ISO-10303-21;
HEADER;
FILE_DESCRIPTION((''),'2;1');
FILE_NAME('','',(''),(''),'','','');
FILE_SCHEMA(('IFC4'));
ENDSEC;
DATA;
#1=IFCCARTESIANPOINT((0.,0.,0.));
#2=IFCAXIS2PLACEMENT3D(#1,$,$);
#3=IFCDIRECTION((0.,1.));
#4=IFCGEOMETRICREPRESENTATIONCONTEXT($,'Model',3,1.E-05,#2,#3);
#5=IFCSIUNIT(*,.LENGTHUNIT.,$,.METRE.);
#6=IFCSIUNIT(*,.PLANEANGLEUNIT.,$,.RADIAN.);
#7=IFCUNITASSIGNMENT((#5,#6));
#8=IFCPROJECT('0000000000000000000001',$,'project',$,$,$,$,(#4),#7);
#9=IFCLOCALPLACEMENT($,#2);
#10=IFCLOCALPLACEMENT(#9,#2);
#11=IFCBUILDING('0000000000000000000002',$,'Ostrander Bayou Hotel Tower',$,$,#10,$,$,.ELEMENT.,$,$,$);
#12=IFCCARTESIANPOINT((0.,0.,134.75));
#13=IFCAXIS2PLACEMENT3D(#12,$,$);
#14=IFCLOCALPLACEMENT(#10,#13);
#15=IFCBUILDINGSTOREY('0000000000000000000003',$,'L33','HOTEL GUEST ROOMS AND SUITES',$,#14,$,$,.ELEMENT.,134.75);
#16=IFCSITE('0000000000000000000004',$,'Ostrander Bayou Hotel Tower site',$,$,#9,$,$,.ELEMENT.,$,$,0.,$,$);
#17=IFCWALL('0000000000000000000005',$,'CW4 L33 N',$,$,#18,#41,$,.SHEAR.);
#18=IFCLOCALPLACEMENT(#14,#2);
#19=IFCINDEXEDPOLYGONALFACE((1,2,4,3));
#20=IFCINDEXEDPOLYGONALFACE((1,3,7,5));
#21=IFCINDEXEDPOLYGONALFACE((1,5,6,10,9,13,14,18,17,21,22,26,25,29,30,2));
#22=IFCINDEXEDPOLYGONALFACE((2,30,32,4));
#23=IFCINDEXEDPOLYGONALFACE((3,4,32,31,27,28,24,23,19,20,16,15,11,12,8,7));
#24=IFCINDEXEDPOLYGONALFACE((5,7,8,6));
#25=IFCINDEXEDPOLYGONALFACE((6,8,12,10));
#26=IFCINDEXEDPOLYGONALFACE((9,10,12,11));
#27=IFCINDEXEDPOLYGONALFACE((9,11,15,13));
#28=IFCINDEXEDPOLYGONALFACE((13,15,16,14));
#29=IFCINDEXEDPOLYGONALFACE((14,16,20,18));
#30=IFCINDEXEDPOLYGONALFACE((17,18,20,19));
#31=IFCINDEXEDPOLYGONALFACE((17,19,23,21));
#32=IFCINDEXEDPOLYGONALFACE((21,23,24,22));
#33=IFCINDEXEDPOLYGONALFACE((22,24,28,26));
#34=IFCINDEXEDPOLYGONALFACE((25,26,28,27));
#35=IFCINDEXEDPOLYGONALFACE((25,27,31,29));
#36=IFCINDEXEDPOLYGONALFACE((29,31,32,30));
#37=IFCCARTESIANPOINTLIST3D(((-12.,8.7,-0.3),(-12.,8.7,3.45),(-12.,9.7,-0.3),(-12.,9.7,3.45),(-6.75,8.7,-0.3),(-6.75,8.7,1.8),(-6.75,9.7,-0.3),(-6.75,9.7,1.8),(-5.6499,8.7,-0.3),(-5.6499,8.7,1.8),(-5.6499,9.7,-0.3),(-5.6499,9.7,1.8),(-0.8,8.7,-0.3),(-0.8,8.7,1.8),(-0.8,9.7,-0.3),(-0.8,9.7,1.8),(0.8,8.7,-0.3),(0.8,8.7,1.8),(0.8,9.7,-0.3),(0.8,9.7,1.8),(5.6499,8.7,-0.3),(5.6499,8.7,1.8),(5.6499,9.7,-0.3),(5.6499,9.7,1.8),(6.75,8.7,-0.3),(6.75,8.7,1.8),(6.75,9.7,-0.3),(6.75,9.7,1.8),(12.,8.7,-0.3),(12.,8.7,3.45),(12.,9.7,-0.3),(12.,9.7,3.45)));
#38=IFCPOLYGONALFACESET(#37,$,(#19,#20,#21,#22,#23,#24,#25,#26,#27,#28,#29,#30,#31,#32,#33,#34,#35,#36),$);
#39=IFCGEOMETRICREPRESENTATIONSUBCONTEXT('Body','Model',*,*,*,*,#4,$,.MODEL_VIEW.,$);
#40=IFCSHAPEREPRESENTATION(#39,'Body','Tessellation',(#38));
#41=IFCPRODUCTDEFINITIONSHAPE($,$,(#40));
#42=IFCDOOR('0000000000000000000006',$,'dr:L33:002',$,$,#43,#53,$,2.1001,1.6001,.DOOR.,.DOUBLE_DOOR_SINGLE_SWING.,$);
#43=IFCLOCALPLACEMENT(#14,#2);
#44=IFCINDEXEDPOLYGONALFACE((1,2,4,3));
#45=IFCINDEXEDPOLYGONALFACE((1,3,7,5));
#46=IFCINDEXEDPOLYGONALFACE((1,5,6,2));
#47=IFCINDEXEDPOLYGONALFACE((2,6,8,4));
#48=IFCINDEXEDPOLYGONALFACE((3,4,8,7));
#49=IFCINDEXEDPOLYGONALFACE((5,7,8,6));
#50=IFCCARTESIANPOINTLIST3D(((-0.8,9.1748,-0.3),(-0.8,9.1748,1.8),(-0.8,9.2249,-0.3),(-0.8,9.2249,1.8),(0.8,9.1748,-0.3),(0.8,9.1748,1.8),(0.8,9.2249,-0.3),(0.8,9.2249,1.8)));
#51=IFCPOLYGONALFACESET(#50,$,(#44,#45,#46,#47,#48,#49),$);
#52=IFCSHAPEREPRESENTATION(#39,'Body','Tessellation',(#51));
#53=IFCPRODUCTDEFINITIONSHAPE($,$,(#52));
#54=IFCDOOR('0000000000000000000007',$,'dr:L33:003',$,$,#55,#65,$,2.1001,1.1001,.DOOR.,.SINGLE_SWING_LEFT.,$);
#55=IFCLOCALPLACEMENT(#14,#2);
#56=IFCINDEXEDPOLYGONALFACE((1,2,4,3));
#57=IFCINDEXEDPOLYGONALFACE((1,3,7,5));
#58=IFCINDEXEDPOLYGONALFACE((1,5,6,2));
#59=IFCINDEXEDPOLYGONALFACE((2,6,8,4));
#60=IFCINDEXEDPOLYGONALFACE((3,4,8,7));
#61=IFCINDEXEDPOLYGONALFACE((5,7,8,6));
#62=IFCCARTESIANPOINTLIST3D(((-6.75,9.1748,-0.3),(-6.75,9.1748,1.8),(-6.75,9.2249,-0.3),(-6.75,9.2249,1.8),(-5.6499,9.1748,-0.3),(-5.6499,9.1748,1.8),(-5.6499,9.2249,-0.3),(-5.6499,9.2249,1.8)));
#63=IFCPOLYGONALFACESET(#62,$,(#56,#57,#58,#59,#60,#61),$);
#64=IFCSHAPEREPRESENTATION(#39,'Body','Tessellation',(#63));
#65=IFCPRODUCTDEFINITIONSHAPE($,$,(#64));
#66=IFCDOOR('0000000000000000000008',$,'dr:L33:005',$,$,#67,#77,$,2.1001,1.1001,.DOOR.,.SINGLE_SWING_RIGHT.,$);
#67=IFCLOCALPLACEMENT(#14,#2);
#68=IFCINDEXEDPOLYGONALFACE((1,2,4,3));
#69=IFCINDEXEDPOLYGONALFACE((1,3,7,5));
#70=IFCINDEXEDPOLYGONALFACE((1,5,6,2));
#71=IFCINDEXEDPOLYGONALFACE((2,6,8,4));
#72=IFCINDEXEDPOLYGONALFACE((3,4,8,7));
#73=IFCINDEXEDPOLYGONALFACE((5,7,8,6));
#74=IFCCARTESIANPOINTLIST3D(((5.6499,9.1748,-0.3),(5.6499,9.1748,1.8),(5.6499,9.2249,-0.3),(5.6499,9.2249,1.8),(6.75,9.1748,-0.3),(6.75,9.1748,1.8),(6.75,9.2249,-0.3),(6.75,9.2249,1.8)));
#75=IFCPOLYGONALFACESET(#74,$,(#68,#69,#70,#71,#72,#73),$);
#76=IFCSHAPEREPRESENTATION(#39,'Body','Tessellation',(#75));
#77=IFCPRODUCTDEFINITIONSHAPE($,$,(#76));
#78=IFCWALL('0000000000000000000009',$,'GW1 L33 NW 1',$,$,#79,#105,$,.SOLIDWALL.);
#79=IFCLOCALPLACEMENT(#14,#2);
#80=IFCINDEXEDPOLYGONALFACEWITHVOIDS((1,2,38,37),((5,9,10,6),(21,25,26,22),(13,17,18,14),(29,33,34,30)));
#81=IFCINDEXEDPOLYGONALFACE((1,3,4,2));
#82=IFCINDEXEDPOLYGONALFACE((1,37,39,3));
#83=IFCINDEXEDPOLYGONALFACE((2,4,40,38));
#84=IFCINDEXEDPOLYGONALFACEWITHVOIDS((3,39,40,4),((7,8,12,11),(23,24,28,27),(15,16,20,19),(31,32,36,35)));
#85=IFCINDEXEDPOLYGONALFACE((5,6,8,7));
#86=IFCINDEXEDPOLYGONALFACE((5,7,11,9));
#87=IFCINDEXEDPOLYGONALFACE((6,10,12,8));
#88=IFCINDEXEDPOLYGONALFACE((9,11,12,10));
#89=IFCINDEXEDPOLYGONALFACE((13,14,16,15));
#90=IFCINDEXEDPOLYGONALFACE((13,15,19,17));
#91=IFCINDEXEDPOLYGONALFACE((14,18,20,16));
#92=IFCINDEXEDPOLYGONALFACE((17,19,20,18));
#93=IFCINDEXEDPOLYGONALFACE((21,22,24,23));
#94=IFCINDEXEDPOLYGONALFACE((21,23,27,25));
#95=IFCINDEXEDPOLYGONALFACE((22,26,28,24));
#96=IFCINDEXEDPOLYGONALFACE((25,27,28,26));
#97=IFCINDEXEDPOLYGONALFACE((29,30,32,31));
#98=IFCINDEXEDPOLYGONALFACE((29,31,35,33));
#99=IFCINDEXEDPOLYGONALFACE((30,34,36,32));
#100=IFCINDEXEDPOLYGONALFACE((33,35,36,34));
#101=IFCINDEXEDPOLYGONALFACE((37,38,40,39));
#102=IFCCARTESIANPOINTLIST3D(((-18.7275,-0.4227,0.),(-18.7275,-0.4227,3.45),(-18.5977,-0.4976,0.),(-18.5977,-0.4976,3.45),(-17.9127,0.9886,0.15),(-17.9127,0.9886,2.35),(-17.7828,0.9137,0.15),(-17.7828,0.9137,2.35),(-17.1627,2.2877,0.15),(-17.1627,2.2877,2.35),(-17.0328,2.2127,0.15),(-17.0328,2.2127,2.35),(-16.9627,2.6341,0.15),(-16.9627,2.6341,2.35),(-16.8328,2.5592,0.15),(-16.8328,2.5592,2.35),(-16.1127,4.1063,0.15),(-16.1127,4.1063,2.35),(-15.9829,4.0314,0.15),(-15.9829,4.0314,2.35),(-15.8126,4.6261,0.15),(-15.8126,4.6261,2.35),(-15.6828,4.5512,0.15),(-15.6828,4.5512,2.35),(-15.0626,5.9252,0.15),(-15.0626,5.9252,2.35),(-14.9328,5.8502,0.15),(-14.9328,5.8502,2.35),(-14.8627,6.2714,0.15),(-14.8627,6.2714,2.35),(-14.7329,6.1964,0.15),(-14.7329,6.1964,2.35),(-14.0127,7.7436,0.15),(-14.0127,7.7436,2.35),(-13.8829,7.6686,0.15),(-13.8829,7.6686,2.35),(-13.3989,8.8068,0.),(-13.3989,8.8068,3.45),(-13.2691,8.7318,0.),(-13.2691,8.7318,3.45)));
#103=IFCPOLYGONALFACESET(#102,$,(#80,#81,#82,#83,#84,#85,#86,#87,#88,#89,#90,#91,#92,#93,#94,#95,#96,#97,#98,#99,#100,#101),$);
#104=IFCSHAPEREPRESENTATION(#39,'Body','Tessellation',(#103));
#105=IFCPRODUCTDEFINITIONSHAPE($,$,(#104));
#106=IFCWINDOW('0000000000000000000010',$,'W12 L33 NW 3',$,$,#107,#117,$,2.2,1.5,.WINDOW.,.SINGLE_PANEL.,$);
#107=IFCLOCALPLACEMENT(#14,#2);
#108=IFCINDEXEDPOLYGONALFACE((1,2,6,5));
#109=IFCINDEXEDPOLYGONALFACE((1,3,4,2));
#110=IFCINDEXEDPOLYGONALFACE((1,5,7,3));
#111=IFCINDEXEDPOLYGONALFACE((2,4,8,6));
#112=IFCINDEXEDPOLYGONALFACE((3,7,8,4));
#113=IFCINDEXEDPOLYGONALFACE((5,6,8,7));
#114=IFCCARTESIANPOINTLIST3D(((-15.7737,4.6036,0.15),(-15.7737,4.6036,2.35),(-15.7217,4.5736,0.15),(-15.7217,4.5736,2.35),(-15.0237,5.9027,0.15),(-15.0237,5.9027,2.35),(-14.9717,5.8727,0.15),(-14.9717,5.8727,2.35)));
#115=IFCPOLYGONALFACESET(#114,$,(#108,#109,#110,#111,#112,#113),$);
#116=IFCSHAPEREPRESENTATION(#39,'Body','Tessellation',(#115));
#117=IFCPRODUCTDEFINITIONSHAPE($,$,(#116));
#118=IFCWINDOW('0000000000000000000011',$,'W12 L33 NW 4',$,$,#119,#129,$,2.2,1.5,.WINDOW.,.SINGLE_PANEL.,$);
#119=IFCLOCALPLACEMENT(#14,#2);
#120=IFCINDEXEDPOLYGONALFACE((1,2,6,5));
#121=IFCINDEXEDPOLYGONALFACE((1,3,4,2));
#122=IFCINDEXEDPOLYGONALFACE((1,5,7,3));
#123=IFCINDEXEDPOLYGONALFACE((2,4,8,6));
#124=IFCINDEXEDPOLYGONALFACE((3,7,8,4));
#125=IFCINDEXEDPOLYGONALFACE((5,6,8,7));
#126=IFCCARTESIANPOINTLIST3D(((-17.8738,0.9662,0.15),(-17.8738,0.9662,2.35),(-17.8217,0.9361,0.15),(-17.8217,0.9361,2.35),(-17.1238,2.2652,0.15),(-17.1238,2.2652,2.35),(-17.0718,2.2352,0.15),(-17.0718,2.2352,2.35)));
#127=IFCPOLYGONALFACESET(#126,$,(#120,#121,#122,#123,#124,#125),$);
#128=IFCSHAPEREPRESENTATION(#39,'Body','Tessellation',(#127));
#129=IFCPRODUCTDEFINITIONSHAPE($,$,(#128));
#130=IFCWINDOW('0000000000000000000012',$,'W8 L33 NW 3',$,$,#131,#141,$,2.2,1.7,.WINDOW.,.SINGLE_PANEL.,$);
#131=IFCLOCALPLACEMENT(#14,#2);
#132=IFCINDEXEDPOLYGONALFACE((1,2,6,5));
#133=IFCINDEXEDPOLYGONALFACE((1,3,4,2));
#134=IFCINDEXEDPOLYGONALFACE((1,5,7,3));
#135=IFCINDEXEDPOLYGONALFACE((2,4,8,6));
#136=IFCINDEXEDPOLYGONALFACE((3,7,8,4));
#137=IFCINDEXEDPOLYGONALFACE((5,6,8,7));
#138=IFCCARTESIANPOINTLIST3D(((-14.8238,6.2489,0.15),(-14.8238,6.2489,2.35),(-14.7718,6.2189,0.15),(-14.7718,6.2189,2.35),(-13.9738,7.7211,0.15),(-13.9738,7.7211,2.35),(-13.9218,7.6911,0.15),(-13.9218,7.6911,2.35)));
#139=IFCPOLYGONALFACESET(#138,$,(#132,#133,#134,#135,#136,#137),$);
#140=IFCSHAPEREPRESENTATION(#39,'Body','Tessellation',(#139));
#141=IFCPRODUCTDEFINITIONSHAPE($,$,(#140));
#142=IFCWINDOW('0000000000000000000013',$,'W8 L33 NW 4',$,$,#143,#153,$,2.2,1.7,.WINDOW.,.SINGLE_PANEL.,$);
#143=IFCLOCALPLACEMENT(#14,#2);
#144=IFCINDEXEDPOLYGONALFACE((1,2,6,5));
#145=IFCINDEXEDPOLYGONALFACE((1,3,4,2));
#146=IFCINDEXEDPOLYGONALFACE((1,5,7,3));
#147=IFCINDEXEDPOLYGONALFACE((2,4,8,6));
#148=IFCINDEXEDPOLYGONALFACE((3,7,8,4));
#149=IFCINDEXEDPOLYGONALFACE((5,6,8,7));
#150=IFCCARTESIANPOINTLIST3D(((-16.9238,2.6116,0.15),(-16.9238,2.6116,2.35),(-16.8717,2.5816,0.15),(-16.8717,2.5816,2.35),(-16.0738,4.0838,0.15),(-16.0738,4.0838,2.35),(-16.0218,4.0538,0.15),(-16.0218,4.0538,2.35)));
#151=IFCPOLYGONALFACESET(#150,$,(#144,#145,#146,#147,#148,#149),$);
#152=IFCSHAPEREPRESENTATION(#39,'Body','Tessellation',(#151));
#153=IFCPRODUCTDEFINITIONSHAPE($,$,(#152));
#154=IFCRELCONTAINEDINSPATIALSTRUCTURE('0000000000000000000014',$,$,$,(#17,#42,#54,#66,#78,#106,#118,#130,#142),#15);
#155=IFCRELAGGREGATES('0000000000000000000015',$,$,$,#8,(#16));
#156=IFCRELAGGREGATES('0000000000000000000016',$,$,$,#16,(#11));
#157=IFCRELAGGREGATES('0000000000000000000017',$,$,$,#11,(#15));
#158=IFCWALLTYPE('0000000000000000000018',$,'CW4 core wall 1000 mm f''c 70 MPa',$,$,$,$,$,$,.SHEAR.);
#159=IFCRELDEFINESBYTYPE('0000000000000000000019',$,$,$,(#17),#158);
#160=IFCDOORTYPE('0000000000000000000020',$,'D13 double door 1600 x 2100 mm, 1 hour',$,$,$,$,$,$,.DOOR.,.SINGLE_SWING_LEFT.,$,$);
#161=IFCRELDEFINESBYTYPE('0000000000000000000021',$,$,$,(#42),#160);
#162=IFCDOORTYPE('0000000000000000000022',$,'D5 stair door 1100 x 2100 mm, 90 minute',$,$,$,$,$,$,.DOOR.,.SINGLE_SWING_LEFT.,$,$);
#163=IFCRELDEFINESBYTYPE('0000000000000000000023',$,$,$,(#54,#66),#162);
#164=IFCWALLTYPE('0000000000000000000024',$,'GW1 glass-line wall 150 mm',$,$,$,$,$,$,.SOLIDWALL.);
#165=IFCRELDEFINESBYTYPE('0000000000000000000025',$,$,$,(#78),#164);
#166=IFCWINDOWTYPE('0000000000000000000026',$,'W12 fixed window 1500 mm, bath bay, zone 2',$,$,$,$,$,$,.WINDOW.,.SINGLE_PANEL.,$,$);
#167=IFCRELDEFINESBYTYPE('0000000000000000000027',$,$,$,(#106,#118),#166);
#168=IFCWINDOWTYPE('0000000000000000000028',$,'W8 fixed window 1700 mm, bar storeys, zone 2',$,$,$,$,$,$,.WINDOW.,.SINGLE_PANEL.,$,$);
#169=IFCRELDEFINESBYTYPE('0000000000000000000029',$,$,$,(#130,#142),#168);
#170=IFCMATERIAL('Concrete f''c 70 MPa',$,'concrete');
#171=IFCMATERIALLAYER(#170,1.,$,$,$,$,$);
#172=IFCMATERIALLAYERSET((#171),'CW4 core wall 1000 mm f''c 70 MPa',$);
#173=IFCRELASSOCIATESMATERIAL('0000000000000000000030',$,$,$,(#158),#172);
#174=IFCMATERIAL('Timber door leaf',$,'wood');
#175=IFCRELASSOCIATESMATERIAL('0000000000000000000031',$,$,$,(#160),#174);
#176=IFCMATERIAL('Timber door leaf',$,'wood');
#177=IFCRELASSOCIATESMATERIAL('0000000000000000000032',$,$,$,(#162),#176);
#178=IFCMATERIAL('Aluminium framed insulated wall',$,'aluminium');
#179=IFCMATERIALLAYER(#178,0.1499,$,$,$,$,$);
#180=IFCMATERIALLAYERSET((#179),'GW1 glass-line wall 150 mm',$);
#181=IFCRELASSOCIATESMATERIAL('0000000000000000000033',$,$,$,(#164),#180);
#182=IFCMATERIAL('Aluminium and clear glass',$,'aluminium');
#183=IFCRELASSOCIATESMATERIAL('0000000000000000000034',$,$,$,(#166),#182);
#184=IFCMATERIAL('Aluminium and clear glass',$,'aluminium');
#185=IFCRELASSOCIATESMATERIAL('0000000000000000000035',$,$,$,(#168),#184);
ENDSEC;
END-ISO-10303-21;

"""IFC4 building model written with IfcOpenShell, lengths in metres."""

from ifc_helpers import new_model, si_unit, direction, frame, frame_2d, origin, place, context, subcontext, project, spatial, rectangle, extrude, material, layer, layer_set, type_object, element, fill, save


model = new_model("IFC4")

# Units and contexts
model_context = context("Model", 3, precision=1e-05, world=origin(), true_north=direction((0.0, 1.0)))
body_context = subcontext(model_context, "Body", "Model", "MODEL_VIEW")
ifc_project = project(units=[si_unit("LENGTHUNIT", "METRE"), si_unit("PLANEANGLEUNIT", "RADIAN")], contexts=[model_context])

# Site, building, storey
site_placement = place(None, origin())
site = spatial("IfcSite", under=ifc_project, at=site_placement, Name="Ostrander Bayou Hotel Tower site", CompositionType="ELEMENT", RefElevation=0.0)
building_placement = place(site_placement, origin())
building = spatial("IfcBuilding", under=site, at=building_placement, Name="Ostrander Bayou Hotel Tower", CompositionType="ELEMENT")
storey_placement = place(building_placement, frame((0.0, 0.0, 134.75)))
storey = spatial("IfcBuildingStorey", under=building, at=storey_placement, Name="L33", Description="HOTEL GUEST ROOMS AND SUITES", CompositionType="ELEMENT", Elevation=134.75)

# Wall, openings, doors
ifc_material_1 = material(Name="Concrete f'c 70 MPa", Category="concrete")
ifc_layer_1 = layer(ifc_material_1, 1.0)
ifc_layer_set_1 = layer_set([ifc_layer_1], Name="CW4 core wall 1000 mm f'c 70 MPa")
wall_type_1 = type_object("IfcWallType", Name="CW4 core wall 1000 mm f'c 70 MPa", PredefinedType="SHEAR", material=ifc_layer_set_1)
wall_1_placement = place(storey_placement, frame((-12.0, 9.2, -0.3), z_axis=(0.0, 0.0, 1.0), x_axis=(1.0, 0.0, 0.0)))
wall_1 = element("IfcWall", 1, at=wall_1_placement, inside=storey, type_object=wall_type_1, Name="CW4 L33 N", PredefinedType="SHEAR", context=body_context, shape_type="SweptSolid", body=[
    extrude(rectangle(XDim=24.0, YDim=1.0, at=frame_2d((12.0, 0.0))), origin(), (0.0, 0.0, 1.0), 3.75),
])
opening_1_placement = place(wall_1_placement, frame((11.2, 0.0, 0.0)))
opening_1 = element("IfcOpeningElement", 2, at=opening_1_placement, cuts=wall_1, PredefinedType="OPENING", context=body_context, shape_type="SweptSolid", body=[
    extrude(rectangle(XDim=1.6001, YDim=2.1001, at=frame_2d((0.8, 1.05))), frame((0.0, 0.5, 0.0), z_axis=(0.0, -1.0, 0.0), x_axis=(1.0, 0.0, 0.0)), (0.0, 0.0, 1.0), 1.0),
])
opening_2_placement = place(wall_1_placement, frame((5.25, 0.0, 0.0)))
opening_2 = element("IfcOpeningElement", 3, at=opening_2_placement, cuts=wall_1, PredefinedType="OPENING", context=body_context, shape_type="SweptSolid", body=[
    extrude(rectangle(XDim=1.1001, YDim=2.1001, at=frame_2d((0.55, 1.05))), frame((0.0, 0.5, 0.0), z_axis=(0.0, -1.0, 0.0), x_axis=(1.0, 0.0, 0.0)), (0.0, 0.0, 1.0), 1.0),
])
opening_3_placement = place(wall_1_placement, frame((17.6499, 0.0, 0.0)))
opening_3 = element("IfcOpeningElement", 4, at=opening_3_placement, cuts=wall_1, PredefinedType="OPENING", context=body_context, shape_type="SweptSolid", body=[
    extrude(rectangle(XDim=1.1001, YDim=2.1001, at=frame_2d((0.55, 1.05))), frame((0.0, 0.5, 0.0), z_axis=(0.0, -1.0, 0.0), x_axis=(1.0, 0.0, 0.0)), (0.0, 0.0, 1.0), 1.0),
])
ifc_material_2 = material(Name="Timber door leaf", Category="wood")
door_type_1 = type_object("IfcDoorType", Name="D13 double door 1600 x 2100 mm, 1 hour", OperationType="SINGLE_SWING_LEFT", PredefinedType="DOOR", material=ifc_material_2)
door_1_placement = place(opening_1_placement, origin())
door_1 = element("IfcDoor", 5, at=door_1_placement, inside=storey, type_object=door_type_1, Name="dr:L33:002", OperationType="DOUBLE_DOOR_SINGLE_SWING", OverallHeight=2.1001, OverallWidth=1.6001, PredefinedType="DOOR", context=body_context, shape_type="SweptSolid", body=[
    extrude(rectangle(XDim=1.6001, YDim=2.1001, at=frame_2d((0.8, 1.05))), frame((0.0, 0.0249, 0.0), z_axis=(0.0, -1.0, 0.0), x_axis=(1.0, 0.0, 0.0)), (0.0, 0.0, 1.0), 0.05),
])
fill(opening_1, door_1)
ifc_material_3 = material(Name="Timber door leaf", Category="wood")
door_type_2 = type_object("IfcDoorType", Name="D5 stair door 1100 x 2100 mm, 90 minute", OperationType="SINGLE_SWING_LEFT", PredefinedType="DOOR", material=ifc_material_3)
door_2_placement = place(opening_2_placement, origin())
door_2 = element("IfcDoor", 6, at=door_2_placement, inside=storey, type_object=door_type_2, Name="dr:L33:003", OperationType="SINGLE_SWING_LEFT", OverallHeight=2.1001, OverallWidth=1.1001, PredefinedType="DOOR", context=body_context, shape_type="SweptSolid", body=[
    extrude(rectangle(XDim=1.1001, YDim=2.1001, at=frame_2d((0.55, 1.05))), frame((0.0, 0.0249, 0.0), z_axis=(0.0, -1.0, 0.0), x_axis=(1.0, 0.0, 0.0)), (0.0, 0.0, 1.0), 0.05),
])
fill(opening_2, door_2)
door_3_placement = place(opening_3_placement, origin())
door_3 = element("IfcDoor", 7, at=door_3_placement, inside=storey, type_object=door_type_2, Name="dr:L33:005", OperationType="SINGLE_SWING_RIGHT", OverallHeight=2.1001, OverallWidth=1.1001, PredefinedType="DOOR", context=body_context, shape_type="SweptSolid", body=[
    extrude(rectangle(XDim=1.1001, YDim=2.1001, at=frame_2d((0.55, 1.05))), frame((0.0, 0.0249, 0.0), z_axis=(0.0, -1.0, 0.0), x_axis=(1.0, 0.0, 0.0)), (0.0, 0.0, 1.0), 0.05),
])
fill(opening_3, door_3)

# Wall, openings, windows
ifc_material_4 = material(Name="Aluminium framed insulated wall", Category="aluminium")
ifc_layer_2 = layer(ifc_material_4, 0.1499)
ifc_layer_set_2 = layer_set([ifc_layer_2], Name="GW1 glass-line wall 150 mm")
wall_type_2 = type_object("IfcWallType", Name="GW1 glass-line wall 150 mm", PredefinedType="SOLIDWALL", material=ifc_layer_set_2)
wall_2_placement = place(storey_placement, frame((-13.334, 8.7693, 0.0), z_axis=(0.0, 0.0, 1.0), x_axis=(-0.499997, -0.866027, 0.0)))
wall_2 = element("IfcWall", 8, at=wall_2_placement, inside=storey, type_object=wall_type_2, Name="GW1 L33 NW 1", PredefinedType="SOLIDWALL", context=body_context, shape_type="SweptSolid", body=[
    extrude(rectangle(XDim=10.6572, YDim=0.1499, at=frame_2d((5.3286, 0.0))), origin(), (0.0, 0.0, 1.0), 3.45),
])
opening_4_placement = place(wall_2_placement, frame((1.2275, 0.0, 0.1499)))
opening_4 = element("IfcOpeningElement", 9, at=opening_4_placement, cuts=wall_2, PredefinedType="OPENING", context=body_context, shape_type="SweptSolid", body=[
    extrude(rectangle(XDim=1.7, YDim=2.2, at=frame_2d((0.8501, 1.1001))), frame((0.0, 0.075, 0.0), z_axis=(0.0, -1.0, 0.0), x_axis=(1.0, 0.0, 0.0)), (0.0, 0.0, 1.0), 0.1499),
])
opening_5_placement = place(wall_2_placement, frame((3.3274, 0.0, 0.1499)))
opening_5 = element("IfcOpeningElement", 10, at=opening_5_placement, cuts=wall_2, PredefinedType="OPENING", context=body_context, shape_type="SweptSolid", body=[
    extrude(rectangle(XDim=1.5, YDim=2.2, at=frame_2d((0.75, 1.1001))), frame((0.0, 0.075, 0.0), z_axis=(0.0, -1.0, 0.0), x_axis=(1.0, 0.0, 0.0)), (0.0, 0.0, 1.0), 0.1499),
])
opening_6_placement = place(wall_2_placement, frame((5.4275, 0.0, 0.1499)))
opening_6 = element("IfcOpeningElement", 11, at=opening_6_placement, cuts=wall_2, PredefinedType="OPENING", context=body_context, shape_type="SweptSolid", body=[
    extrude(rectangle(XDim=1.7, YDim=2.2, at=frame_2d((0.8501, 1.1001))), frame((0.0, 0.075, 0.0), z_axis=(0.0, -1.0, 0.0), x_axis=(1.0, 0.0, 0.0)), (0.0, 0.0, 1.0), 0.1499),
])
opening_7_placement = place(wall_2_placement, frame((7.5276, 0.0, 0.1499)))
opening_7 = element("IfcOpeningElement", 12, at=opening_7_placement, cuts=wall_2, PredefinedType="OPENING", context=body_context, shape_type="SweptSolid", body=[
    extrude(rectangle(XDim=1.5, YDim=2.2, at=frame_2d((0.75, 1.1001))), frame((0.0, 0.075, 0.0), z_axis=(0.0, -1.0, 0.0), x_axis=(1.0, 0.0, 0.0)), (0.0, 0.0, 1.0), 0.1499),
])
ifc_material_5 = material(Name="Aluminium and clear glass", Category="aluminium")
window_type_1 = type_object("IfcWindowType", Name="W12 fixed window 1500 mm, bath bay, zone 2", PartitioningType="SINGLE_PANEL", PredefinedType="WINDOW", material=ifc_material_5)
window_1_placement = place(opening_5_placement, origin())
window_1 = element("IfcWindow", 13, at=window_1_placement, inside=storey, type_object=window_type_1, Name="W12 L33 NW 3", OverallHeight=2.2, OverallWidth=1.5, PartitioningType="SINGLE_PANEL", PredefinedType="WINDOW", context=body_context, shape_type="SweptSolid", body=[
    extrude(rectangle(XDim=1.5, YDim=2.2, at=frame_2d((0.75, 1.1001))), frame((0.0, 0.03, 0.0), z_axis=(0.0, -1.0, 0.0), x_axis=(1.0, 0.0, 0.0)), (0.0, 0.0, 1.0), 0.0601),
])
fill(opening_5, window_1)
window_2_placement = place(opening_7_placement, origin())
window_2 = element("IfcWindow", 14, at=window_2_placement, inside=storey, type_object=window_type_1, Name="W12 L33 NW 4", OverallHeight=2.2, OverallWidth=1.5, PartitioningType="SINGLE_PANEL", PredefinedType="WINDOW", context=body_context, shape_type="SweptSolid", body=[
    extrude(rectangle(XDim=1.5, YDim=2.2, at=frame_2d((0.75, 1.1001))), frame((0.0, 0.03, 0.0), z_axis=(0.0, -1.0, 0.0), x_axis=(1.0, 0.0, 0.0)), (0.0, 0.0, 1.0), 0.0601),
])
fill(opening_7, window_2)
ifc_material_6 = material(Name="Aluminium and clear glass", Category="aluminium")
window_type_2 = type_object("IfcWindowType", Name="W8 fixed window 1700 mm, bar storeys, zone 2", PartitioningType="SINGLE_PANEL", PredefinedType="WINDOW", material=ifc_material_6)
window_3_placement = place(opening_4_placement, origin())
window_3 = element("IfcWindow", 15, at=window_3_placement, inside=storey, type_object=window_type_2, Name="W8 L33 NW 3", OverallHeight=2.2, OverallWidth=1.7, PartitioningType="SINGLE_PANEL", PredefinedType="WINDOW", context=body_context, shape_type="SweptSolid", body=[
    extrude(rectangle(XDim=1.7, YDim=2.2, at=frame_2d((0.8501, 1.1001))), frame((0.0, 0.03, 0.0), z_axis=(0.0, -1.0, 0.0), x_axis=(1.0, 0.0, 0.0)), (0.0, 0.0, 1.0), 0.0601),
])
fill(opening_4, window_3)
window_4_placement = place(opening_6_placement, origin())
window_4 = element("IfcWindow", 16, at=window_4_placement, inside=storey, type_object=window_type_2, Name="W8 L33 NW 4", OverallHeight=2.2, OverallWidth=1.7, PartitioningType="SINGLE_PANEL", PredefinedType="WINDOW", context=body_context, shape_type="SweptSolid", body=[
    extrude(rectangle(XDim=1.7, YDim=2.2, at=frame_2d((0.8501, 1.1001))), frame((0.0, 0.03, 0.0), z_axis=(0.0, -1.0, 0.0), x_axis=(1.0, 0.0, 0.0)), (0.0, 0.0, 1.0), 0.0601),
])
fill(opening_6, window_4)

save(model, "model.ifc")
